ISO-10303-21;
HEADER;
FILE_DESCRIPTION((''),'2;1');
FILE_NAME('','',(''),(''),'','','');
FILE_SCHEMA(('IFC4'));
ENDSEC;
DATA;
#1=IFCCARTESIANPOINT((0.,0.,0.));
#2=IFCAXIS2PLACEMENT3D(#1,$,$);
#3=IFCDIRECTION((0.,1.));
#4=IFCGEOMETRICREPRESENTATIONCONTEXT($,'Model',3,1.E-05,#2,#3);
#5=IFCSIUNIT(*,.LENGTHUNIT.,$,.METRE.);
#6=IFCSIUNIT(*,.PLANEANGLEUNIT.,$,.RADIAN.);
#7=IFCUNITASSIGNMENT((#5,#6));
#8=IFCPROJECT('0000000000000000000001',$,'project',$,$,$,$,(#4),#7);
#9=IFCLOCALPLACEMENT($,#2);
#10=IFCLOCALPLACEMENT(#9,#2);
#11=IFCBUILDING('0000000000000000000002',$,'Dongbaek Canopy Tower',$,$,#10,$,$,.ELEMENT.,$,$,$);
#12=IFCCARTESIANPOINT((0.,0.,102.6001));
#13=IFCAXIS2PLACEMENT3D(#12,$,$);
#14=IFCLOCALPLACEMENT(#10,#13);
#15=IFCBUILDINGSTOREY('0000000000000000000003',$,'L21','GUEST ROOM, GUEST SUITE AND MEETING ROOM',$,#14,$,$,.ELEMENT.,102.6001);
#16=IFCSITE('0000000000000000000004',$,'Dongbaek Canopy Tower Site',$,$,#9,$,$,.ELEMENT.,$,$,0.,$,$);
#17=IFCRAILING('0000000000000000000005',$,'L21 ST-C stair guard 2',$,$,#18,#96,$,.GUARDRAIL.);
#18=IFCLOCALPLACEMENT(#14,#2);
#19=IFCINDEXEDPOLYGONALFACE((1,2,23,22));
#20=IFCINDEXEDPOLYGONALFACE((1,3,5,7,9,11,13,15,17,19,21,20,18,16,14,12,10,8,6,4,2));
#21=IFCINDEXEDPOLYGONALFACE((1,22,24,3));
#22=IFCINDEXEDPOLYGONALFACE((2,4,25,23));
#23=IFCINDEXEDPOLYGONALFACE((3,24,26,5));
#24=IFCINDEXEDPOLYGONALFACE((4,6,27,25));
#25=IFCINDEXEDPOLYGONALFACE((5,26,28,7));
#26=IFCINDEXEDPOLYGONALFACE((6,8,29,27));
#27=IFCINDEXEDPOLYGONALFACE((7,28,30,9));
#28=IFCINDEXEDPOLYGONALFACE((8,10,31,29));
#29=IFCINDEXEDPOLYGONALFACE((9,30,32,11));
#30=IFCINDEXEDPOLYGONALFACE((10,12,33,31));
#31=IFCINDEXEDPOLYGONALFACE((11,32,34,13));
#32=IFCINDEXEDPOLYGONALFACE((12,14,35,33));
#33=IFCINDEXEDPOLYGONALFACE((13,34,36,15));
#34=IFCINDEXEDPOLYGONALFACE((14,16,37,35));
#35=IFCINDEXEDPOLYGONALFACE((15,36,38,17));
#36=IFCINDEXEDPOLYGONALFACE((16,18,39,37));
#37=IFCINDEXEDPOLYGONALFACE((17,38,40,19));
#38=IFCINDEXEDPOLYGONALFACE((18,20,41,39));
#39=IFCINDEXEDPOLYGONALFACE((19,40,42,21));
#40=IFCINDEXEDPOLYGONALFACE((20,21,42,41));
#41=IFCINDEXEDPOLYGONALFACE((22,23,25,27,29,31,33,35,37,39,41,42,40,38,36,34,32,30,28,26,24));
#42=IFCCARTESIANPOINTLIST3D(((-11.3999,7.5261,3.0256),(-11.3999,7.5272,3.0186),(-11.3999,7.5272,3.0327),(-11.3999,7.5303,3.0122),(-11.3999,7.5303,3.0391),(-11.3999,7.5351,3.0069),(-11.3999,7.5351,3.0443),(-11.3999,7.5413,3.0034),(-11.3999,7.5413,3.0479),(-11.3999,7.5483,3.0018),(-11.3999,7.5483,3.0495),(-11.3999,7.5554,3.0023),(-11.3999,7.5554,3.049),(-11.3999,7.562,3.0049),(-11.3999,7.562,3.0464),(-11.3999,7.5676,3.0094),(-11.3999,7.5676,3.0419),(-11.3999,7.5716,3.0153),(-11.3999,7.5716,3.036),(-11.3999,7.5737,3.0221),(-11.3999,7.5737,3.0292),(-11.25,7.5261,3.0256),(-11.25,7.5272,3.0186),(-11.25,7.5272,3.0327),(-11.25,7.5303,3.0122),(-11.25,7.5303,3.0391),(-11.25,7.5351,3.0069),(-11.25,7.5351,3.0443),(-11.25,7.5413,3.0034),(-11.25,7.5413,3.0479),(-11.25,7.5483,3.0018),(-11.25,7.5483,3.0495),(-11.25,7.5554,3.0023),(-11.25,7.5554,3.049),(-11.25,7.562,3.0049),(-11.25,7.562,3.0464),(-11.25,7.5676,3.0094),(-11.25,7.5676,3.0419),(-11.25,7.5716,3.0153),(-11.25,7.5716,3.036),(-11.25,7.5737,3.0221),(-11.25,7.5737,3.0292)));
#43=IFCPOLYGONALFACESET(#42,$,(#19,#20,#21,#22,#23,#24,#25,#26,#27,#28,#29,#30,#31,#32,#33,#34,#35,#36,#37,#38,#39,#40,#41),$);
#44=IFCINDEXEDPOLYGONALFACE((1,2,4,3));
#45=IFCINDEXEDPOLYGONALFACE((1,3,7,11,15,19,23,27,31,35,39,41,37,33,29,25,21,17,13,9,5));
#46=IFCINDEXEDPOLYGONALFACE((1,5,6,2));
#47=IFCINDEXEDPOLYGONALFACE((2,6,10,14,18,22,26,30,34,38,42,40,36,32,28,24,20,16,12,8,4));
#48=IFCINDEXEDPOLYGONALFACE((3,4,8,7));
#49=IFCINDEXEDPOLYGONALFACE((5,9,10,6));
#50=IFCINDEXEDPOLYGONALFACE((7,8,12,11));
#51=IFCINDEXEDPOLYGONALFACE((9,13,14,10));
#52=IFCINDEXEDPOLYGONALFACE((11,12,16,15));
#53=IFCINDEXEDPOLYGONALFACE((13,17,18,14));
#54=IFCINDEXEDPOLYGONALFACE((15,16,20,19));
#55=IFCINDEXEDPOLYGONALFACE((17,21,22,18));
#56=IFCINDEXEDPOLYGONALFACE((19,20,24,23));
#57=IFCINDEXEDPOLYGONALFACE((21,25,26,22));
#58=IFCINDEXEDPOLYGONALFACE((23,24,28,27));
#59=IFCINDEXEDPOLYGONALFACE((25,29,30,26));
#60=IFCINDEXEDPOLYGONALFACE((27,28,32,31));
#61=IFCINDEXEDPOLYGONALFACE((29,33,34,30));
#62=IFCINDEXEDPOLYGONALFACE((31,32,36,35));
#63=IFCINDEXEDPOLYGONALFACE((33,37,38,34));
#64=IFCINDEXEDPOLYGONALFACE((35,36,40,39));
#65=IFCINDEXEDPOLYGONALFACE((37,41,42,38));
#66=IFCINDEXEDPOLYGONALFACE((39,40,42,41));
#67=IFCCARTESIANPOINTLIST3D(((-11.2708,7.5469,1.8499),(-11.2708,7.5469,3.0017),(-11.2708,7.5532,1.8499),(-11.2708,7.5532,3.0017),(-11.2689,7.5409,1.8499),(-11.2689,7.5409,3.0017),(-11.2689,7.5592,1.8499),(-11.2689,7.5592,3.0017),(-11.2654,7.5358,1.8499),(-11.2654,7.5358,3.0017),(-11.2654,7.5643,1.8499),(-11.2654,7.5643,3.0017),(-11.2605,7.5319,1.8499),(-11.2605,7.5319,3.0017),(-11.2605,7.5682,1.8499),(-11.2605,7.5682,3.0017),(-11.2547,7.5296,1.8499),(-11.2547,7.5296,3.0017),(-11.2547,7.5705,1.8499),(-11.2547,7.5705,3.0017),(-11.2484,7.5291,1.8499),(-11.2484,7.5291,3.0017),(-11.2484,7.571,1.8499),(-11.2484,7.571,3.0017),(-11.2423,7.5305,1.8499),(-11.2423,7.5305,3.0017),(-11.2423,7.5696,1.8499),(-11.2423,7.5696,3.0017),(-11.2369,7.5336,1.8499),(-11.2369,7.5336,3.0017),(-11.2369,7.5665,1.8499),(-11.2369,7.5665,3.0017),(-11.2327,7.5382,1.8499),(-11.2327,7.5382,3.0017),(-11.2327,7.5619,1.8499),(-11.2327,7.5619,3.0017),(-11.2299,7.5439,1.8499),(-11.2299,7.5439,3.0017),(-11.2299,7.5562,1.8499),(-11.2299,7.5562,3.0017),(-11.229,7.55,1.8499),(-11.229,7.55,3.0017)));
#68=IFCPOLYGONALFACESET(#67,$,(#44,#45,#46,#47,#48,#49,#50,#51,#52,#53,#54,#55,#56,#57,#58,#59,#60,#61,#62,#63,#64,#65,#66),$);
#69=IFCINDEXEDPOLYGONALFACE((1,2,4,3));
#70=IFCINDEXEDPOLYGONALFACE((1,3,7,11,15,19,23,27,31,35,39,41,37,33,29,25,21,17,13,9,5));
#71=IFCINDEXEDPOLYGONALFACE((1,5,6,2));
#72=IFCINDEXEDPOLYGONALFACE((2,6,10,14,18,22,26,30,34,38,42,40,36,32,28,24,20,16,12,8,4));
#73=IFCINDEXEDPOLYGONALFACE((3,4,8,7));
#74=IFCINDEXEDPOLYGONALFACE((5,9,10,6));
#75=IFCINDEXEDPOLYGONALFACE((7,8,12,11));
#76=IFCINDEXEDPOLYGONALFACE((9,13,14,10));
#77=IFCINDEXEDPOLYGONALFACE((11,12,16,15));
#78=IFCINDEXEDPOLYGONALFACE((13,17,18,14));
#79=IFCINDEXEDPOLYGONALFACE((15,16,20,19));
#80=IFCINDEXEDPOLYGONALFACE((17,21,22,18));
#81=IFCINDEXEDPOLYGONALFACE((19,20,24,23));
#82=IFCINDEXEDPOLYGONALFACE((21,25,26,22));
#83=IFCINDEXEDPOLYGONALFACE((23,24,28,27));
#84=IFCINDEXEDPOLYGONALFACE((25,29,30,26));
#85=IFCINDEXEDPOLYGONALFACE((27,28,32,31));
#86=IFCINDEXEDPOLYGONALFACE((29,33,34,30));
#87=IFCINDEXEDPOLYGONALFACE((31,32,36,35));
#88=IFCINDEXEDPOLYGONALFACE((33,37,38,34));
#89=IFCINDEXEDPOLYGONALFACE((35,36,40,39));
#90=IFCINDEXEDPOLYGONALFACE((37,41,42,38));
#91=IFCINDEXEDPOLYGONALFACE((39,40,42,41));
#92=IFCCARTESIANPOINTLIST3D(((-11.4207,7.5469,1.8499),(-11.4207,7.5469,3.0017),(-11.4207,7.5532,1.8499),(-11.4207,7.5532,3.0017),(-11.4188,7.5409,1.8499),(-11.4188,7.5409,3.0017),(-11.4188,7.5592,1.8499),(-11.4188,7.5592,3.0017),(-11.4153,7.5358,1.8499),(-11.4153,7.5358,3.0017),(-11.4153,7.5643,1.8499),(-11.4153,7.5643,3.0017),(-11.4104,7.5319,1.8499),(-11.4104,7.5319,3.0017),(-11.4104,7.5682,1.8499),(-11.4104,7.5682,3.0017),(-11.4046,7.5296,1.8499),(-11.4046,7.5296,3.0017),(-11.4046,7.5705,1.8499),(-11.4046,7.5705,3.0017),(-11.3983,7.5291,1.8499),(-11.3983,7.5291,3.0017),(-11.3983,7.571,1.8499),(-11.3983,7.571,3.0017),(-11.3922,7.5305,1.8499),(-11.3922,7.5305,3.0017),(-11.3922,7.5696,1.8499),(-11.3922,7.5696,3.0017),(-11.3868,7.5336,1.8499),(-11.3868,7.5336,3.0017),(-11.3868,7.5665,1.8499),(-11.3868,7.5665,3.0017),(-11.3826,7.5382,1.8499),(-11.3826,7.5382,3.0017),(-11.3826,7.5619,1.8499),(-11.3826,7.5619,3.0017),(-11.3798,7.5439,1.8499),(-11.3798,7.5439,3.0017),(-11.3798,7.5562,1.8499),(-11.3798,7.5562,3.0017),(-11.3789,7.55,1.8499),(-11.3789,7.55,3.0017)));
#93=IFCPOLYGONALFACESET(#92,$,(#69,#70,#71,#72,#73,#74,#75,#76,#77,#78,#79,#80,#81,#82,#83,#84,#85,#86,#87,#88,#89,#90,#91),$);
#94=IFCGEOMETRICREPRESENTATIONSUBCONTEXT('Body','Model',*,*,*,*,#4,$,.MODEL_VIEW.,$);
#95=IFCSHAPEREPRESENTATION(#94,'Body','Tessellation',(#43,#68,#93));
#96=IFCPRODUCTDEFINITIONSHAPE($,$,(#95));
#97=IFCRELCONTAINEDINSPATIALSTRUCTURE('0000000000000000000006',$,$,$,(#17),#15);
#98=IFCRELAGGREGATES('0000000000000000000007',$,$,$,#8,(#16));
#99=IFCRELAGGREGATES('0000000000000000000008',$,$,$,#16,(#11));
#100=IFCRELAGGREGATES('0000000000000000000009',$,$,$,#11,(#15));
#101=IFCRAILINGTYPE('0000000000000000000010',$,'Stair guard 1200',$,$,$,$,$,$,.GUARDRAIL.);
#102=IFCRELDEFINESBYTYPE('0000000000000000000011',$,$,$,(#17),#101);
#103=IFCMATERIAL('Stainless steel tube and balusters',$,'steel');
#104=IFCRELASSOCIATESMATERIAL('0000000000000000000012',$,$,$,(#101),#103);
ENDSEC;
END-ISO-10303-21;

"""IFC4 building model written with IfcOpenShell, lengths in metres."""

from ifc_helpers import new_model, si_unit, direction, frame, origin, origin_2d, place, context, subcontext, project, spatial, circle, extrude, material, type_object, element, save


model = new_model("IFC4")

# Units and contexts
model_context = context("Model", 3, precision=1e-05, world=origin(), true_north=direction((0.0, 1.0)))
body_context = subcontext(model_context, "Body", "Model", "MODEL_VIEW")
ifc_project = project(units=[si_unit("LENGTHUNIT", "METRE"), si_unit("PLANEANGLEUNIT", "RADIAN")], contexts=[model_context])

# Site, building, storey
site_placement = place(None, origin())
site = spatial("IfcSite", under=ifc_project, at=site_placement, Name="Dongbaek Canopy Tower Site", CompositionType="ELEMENT", RefElevation=0.0)
building_placement = place(site_placement, origin())
building = spatial("IfcBuilding", under=site, at=building_placement, Name="Dongbaek Canopy Tower", CompositionType="ELEMENT")
storey_placement = place(building_placement, frame((0.0, 0.0, 102.6001)))
storey = spatial("IfcBuildingStorey", under=building, at=storey_placement, Name="L21", Description="GUEST ROOM, GUEST SUITE AND MEETING ROOM", CompositionType="ELEMENT", Elevation=102.6001)

# Railing
ifc_material_1 = material(Name="Stainless steel tube and balusters", Category="steel")
railing_type_1 = type_object("IfcRailingType", Name="Stair guard 1200", PredefinedType="GUARDRAIL", material=ifc_material_1)
railing_1_placement = place(storey_placement, frame((-11.25, 7.55, 1.8499)))
element("IfcRailing", 1, at=railing_1_placement, inside=storey, type_object=railing_type_1, Name="L21 ST-C stair guard 2", PredefinedType="GUARDRAIL", context=body_context, shape_type="SweptSolid", body=[
    extrude(circle(Radius=0.0239, at=origin_2d()), frame((0.0, 0.0, 1.1758), z_axis=(-1.0, 0.0, 0.0), x_axis=(0.0, -1.0, 0.0)), (0.0, 0.0, 1.0), 0.1499),
    extrude(circle(Radius=0.021, at=origin_2d()), origin(), (0.0, 0.0, 1.0), 1.1519),
    extrude(circle(Radius=0.021, at=origin_2d()), frame((-0.1499, 0.0, 0.0)), (0.0, 0.0, 1.0), 1.1519),
])

save(model, "model.ifc")
